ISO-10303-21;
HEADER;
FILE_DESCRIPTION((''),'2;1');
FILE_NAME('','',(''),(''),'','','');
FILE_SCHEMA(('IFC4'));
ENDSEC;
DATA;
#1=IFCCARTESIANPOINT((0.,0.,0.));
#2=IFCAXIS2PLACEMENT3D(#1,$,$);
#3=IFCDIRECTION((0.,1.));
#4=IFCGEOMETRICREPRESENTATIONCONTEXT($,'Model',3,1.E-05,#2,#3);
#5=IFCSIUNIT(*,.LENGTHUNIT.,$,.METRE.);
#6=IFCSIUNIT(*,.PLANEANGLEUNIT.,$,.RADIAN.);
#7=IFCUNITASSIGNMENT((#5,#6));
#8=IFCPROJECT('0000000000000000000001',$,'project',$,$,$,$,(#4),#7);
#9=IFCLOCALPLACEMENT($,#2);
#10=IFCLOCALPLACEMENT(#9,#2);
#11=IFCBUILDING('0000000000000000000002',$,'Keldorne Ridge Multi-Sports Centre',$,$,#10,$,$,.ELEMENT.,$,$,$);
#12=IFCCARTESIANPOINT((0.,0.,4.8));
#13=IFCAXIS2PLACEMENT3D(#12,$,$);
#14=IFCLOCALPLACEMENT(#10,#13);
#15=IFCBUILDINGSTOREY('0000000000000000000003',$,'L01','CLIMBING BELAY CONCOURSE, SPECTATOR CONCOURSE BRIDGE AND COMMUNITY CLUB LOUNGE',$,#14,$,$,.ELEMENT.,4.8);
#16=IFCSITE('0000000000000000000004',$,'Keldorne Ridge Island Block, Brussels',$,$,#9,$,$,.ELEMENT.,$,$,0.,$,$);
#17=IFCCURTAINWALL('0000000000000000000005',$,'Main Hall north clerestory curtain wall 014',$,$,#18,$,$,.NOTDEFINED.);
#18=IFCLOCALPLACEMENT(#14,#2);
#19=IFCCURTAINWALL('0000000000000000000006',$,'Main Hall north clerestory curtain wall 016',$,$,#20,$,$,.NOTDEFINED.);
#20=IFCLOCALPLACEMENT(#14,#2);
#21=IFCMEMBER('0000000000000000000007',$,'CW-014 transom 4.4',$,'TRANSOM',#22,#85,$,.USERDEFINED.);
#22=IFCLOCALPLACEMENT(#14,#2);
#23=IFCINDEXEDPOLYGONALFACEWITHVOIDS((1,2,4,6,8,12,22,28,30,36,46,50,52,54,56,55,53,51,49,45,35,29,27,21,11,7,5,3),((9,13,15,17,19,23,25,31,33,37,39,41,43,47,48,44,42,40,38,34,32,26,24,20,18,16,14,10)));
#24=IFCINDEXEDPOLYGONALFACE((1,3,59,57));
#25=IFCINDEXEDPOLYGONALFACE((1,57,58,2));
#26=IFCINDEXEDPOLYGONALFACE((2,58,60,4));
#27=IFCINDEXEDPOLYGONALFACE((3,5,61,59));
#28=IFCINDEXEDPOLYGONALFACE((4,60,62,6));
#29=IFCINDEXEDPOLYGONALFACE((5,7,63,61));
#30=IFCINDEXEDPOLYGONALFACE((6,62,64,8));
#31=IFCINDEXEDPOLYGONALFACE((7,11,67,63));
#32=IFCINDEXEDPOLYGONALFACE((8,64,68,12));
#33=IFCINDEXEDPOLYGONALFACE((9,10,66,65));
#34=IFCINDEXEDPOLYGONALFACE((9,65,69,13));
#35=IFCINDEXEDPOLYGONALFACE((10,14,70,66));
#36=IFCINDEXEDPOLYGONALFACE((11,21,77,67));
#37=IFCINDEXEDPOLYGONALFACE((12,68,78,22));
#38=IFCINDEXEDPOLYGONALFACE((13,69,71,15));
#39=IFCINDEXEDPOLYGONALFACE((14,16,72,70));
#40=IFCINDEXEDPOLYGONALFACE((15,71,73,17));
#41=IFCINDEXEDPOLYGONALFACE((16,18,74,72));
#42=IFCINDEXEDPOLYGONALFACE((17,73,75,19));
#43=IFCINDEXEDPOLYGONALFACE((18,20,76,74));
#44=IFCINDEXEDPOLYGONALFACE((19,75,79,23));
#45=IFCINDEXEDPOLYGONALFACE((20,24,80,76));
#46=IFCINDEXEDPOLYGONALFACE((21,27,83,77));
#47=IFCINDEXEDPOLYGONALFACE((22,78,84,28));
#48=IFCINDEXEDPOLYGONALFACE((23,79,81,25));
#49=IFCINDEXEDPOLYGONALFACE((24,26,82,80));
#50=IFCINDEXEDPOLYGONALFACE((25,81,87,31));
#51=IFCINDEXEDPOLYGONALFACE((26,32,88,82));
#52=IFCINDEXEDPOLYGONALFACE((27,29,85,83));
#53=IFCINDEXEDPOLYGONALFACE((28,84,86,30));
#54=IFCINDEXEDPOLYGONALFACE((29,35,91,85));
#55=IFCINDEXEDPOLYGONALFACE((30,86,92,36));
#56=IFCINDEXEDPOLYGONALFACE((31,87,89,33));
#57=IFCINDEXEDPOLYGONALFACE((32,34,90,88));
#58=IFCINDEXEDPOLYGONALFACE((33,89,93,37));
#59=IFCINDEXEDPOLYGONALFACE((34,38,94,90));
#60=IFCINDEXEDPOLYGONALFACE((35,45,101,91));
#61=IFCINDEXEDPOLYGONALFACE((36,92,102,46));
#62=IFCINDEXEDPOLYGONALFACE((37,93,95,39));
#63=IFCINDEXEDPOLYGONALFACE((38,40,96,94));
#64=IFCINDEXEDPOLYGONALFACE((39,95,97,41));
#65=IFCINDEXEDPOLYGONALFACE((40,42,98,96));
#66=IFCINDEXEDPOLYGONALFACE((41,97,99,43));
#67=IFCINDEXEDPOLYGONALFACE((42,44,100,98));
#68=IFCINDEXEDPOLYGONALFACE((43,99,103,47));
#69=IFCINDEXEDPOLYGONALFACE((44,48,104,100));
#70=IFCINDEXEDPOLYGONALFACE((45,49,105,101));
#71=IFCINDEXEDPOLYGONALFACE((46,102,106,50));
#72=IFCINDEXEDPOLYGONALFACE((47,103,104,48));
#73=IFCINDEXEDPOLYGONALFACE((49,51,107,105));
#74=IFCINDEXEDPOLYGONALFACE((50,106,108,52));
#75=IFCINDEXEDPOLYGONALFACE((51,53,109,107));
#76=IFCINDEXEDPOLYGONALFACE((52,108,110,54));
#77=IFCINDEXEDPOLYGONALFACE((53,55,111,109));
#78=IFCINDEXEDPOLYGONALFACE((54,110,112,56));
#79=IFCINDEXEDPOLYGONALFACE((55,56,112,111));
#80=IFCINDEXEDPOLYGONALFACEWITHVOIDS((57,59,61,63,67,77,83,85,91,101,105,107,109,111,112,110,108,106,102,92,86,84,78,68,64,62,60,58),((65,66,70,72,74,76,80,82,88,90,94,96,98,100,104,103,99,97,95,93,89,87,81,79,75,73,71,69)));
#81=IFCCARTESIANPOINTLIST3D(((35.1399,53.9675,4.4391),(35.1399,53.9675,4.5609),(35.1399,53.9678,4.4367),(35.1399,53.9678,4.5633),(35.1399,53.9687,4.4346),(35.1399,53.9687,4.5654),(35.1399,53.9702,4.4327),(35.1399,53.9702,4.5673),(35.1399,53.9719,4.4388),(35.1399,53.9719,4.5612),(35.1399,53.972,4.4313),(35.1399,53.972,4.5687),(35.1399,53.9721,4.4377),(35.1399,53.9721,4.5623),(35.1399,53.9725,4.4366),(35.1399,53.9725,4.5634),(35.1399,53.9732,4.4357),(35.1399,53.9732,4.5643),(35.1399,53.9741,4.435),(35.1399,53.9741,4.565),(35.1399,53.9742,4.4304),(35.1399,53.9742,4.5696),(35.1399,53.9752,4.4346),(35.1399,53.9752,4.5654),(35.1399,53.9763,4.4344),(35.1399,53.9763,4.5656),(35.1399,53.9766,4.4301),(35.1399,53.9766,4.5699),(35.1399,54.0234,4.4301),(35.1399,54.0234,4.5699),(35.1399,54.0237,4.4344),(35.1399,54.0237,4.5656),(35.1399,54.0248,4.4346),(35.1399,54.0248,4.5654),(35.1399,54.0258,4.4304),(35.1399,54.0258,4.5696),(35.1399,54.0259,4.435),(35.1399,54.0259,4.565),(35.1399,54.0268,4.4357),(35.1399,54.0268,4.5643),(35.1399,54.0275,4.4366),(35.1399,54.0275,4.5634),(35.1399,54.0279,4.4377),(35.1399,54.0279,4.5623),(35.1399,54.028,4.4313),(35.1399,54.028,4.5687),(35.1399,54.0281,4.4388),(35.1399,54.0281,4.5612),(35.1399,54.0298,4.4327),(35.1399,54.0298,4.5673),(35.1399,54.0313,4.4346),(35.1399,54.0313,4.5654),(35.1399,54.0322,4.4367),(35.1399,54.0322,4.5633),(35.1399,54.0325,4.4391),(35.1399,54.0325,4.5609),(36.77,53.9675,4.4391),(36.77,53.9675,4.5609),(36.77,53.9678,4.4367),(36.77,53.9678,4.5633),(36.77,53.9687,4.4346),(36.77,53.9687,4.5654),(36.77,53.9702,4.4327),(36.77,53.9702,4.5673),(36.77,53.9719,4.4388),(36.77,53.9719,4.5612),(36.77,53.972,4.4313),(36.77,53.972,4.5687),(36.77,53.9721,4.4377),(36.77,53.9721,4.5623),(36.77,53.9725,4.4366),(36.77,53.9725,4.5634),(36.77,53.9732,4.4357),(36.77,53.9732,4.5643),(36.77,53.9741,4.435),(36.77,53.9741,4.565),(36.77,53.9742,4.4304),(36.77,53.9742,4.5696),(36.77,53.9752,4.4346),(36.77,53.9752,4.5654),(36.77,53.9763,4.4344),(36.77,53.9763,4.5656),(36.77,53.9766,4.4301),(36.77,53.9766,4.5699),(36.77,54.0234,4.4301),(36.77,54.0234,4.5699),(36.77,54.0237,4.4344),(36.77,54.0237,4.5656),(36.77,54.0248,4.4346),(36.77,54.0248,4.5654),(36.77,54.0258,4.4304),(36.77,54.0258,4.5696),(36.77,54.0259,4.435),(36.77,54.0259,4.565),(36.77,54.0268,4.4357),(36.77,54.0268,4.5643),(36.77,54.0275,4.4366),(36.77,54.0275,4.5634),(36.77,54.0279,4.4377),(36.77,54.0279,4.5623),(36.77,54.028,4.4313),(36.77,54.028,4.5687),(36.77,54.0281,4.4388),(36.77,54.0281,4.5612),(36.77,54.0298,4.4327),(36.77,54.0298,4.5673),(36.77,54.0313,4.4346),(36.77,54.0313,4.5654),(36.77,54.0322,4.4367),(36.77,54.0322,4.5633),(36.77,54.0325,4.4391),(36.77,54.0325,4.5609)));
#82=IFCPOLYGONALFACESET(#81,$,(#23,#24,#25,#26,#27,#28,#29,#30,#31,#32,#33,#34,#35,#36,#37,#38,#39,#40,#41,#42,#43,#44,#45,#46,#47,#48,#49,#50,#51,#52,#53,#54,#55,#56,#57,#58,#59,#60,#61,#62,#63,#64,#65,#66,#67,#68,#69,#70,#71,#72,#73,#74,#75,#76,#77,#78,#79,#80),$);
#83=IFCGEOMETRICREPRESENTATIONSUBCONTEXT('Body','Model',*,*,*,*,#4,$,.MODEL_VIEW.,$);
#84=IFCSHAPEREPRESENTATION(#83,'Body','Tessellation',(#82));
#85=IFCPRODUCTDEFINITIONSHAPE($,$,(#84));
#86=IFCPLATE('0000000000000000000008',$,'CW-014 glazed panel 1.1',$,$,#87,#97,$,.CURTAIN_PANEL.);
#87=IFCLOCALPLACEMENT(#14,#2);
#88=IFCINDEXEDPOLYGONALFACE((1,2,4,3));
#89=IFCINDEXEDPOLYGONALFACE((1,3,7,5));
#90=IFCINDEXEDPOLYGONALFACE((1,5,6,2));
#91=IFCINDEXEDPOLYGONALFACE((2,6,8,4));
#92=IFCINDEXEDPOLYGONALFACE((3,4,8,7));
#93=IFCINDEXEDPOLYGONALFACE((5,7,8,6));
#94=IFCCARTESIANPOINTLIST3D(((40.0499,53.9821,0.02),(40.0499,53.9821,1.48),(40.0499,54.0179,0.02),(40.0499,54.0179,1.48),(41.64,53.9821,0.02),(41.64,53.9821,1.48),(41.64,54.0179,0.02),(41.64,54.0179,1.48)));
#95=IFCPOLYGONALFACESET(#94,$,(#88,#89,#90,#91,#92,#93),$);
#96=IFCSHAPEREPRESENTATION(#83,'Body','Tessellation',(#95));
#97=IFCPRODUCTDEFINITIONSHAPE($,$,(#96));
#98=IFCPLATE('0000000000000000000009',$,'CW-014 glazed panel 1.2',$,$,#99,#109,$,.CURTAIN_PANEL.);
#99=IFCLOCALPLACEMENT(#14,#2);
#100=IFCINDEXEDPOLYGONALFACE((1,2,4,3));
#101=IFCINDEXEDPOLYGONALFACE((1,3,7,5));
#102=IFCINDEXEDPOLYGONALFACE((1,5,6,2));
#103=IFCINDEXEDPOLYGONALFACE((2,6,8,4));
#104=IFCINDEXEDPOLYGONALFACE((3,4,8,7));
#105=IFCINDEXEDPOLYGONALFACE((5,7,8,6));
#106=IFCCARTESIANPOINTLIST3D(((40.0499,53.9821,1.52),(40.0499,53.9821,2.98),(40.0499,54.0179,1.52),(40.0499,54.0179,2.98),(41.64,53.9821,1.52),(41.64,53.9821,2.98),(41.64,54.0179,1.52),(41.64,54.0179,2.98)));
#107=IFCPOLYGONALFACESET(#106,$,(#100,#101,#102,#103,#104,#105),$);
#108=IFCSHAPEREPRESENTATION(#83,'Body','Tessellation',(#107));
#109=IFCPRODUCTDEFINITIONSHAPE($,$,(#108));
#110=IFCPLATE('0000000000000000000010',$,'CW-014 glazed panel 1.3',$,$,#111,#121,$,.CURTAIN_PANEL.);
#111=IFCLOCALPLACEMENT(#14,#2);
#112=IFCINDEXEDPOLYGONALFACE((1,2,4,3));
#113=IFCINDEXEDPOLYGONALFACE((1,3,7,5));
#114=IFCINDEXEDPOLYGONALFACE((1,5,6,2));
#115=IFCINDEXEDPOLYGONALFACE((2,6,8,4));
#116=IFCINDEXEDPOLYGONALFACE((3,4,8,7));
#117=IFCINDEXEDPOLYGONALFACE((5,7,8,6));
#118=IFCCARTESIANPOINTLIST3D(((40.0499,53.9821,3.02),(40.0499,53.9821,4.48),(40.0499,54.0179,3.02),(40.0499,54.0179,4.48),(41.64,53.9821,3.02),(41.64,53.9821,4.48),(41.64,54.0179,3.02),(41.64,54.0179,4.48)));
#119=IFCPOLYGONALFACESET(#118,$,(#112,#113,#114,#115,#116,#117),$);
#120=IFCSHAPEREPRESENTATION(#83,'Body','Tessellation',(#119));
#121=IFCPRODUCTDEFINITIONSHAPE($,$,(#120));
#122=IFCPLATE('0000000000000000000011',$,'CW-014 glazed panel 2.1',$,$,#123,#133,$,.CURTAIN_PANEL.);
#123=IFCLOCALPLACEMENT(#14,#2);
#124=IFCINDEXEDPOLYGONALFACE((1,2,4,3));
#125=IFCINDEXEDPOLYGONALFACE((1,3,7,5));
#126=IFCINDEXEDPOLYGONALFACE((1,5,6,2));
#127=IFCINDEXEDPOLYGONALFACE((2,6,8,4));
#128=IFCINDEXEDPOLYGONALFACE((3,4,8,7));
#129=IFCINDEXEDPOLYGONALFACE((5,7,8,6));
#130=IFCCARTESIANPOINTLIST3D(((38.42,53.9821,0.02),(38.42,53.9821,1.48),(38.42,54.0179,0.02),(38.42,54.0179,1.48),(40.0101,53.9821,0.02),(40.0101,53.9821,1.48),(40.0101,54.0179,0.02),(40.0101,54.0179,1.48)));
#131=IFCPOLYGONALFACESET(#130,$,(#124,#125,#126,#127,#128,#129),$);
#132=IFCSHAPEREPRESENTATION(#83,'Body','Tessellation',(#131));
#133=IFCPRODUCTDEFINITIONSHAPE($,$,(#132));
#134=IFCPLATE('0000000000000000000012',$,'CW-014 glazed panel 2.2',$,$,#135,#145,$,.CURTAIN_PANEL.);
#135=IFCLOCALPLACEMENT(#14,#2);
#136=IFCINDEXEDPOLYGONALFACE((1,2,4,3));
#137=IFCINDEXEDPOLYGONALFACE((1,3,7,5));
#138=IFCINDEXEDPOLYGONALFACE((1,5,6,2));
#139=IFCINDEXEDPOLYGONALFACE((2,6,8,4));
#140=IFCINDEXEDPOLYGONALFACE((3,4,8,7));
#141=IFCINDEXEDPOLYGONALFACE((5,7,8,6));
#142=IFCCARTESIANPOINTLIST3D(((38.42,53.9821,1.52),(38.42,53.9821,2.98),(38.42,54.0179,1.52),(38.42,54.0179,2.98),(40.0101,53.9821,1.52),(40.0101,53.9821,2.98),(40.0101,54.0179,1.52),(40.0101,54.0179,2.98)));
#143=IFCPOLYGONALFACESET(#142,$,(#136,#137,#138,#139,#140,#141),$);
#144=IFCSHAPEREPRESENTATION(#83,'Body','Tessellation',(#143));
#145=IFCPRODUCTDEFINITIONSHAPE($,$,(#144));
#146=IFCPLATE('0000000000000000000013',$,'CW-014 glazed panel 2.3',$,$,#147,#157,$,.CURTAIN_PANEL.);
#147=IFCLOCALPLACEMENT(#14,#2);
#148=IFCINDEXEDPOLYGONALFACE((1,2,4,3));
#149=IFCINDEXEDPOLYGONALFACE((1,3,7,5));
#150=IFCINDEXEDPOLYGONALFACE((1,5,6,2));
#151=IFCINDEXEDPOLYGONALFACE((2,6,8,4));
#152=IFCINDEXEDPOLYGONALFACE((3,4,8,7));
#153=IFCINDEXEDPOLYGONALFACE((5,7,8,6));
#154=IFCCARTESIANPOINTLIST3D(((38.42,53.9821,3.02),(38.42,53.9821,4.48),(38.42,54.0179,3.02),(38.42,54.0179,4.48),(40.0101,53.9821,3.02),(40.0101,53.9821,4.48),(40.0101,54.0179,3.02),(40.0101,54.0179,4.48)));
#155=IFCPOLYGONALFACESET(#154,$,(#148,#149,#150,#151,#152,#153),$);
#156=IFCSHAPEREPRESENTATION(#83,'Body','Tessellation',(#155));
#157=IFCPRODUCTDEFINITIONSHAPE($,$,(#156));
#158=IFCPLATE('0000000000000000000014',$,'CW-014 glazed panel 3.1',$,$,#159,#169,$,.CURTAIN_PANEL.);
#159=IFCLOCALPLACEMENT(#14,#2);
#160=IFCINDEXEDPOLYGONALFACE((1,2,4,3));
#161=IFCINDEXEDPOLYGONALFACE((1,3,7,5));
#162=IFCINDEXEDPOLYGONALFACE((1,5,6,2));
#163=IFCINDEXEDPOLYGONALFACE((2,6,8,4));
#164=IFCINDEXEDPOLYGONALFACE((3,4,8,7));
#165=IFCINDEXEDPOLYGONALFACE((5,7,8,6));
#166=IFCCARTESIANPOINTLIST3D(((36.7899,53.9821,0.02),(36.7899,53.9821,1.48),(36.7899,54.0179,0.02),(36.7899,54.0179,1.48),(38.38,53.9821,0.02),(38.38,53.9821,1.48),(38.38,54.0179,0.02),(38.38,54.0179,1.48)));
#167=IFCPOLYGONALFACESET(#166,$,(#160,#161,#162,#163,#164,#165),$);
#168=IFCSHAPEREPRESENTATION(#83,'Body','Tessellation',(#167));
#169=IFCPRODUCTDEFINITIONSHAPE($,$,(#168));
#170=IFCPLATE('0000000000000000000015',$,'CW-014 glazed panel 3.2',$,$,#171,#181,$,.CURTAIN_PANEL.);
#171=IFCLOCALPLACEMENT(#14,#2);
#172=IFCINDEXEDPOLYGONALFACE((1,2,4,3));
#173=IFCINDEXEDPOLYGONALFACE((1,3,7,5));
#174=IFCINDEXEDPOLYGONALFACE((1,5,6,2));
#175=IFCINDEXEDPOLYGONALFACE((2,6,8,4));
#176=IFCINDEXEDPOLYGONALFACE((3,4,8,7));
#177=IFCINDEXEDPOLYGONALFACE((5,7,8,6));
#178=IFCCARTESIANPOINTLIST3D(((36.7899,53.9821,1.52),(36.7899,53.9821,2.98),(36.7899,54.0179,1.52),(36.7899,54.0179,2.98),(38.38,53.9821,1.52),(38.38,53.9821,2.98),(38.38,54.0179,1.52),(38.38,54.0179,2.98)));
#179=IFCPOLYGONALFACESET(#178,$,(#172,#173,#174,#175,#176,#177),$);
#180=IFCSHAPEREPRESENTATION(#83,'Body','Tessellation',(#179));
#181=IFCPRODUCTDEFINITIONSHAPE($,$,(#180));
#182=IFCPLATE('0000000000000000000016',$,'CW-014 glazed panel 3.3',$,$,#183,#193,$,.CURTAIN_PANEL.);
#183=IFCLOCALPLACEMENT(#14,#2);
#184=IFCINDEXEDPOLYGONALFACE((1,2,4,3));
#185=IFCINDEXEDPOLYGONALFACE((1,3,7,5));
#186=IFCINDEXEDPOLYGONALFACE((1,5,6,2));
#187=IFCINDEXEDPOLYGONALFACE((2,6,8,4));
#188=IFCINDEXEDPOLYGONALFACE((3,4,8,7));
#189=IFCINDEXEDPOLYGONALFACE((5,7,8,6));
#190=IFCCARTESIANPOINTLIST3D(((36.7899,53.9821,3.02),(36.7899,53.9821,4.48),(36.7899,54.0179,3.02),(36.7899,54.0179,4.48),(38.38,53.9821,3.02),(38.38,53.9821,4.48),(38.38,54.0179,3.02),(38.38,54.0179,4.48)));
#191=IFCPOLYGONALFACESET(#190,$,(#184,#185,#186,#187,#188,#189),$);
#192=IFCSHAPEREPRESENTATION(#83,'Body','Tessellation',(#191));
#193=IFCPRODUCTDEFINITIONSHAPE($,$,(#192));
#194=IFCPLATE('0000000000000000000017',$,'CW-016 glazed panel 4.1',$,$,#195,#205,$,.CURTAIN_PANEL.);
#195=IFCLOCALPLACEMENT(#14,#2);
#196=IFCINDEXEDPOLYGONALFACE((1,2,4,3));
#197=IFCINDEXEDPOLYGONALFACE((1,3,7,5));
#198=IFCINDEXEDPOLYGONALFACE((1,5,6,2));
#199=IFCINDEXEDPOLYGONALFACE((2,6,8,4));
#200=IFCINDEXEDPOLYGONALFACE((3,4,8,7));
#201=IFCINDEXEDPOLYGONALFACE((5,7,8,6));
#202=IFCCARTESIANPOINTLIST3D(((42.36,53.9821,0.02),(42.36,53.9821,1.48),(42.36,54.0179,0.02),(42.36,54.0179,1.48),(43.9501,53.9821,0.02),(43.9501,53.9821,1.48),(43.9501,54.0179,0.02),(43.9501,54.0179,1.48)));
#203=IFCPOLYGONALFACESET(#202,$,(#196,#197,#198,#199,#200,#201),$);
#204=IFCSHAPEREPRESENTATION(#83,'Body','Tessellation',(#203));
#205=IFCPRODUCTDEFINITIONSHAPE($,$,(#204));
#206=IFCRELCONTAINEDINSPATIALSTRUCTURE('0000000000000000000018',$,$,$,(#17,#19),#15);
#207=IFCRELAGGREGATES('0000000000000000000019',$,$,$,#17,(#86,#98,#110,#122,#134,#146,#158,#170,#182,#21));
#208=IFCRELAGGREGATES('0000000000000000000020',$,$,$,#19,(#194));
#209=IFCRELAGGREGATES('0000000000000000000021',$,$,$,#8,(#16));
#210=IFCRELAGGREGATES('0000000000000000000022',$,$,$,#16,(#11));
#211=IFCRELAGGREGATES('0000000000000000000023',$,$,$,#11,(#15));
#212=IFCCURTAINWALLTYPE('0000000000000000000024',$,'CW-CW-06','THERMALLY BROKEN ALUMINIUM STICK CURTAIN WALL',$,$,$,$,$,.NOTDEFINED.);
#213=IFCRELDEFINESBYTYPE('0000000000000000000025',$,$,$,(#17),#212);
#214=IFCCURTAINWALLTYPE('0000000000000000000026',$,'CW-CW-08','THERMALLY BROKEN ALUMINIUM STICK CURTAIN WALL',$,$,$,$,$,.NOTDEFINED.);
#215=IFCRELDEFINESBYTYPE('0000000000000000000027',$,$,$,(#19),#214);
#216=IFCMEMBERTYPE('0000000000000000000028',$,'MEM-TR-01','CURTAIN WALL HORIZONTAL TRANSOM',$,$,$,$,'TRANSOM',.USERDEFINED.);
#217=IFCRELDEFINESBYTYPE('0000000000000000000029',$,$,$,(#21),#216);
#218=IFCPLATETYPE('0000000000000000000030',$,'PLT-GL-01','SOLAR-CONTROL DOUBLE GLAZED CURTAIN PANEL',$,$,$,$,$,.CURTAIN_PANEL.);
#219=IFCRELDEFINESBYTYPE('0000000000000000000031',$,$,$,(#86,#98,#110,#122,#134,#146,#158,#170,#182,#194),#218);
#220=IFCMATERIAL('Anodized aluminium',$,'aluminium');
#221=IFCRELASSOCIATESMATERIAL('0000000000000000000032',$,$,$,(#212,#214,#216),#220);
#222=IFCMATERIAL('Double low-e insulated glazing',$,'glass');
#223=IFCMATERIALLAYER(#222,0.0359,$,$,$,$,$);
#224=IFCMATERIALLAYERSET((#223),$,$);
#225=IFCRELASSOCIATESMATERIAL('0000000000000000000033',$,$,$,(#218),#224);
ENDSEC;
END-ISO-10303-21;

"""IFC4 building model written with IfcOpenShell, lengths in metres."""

from ifc_helpers import new_model, si_unit, direction, frame, origin, origin_2d, place, context, subcontext, project, spatial, rectangle, hollow_rectangle, extrude, material, layer, layer_set, material_profile, profile_set, type_object, element, aggregate, save


model = new_model("IFC4")

# Units and contexts
model_context = context("Model", 3, precision=1e-05, world=origin(), true_north=direction((0.0, 1.0)))
body_context = subcontext(model_context, "Body", "Model", "MODEL_VIEW")
ifc_project = project(units=[si_unit("LENGTHUNIT", "METRE"), si_unit("PLANEANGLEUNIT", "RADIAN")], contexts=[model_context])

# Site, building, storey
site_placement = place(None, origin())
site = spatial("IfcSite", under=ifc_project, at=site_placement, Name="Keldorne Ridge Island Block, Brussels", CompositionType="ELEMENT", RefElevation=0.0)
building_placement = place(site_placement, origin())
building = spatial("IfcBuilding", under=site, at=building_placement, Name="Keldorne Ridge Multi-Sports Centre", CompositionType="ELEMENT")
storey_placement = place(building_placement, frame((0.0, 0.0, 4.8)))
storey = spatial("IfcBuildingStorey", under=building, at=storey_placement, Name="L01", Description="CLIMBING BELAY CONCOURSE, SPECTATOR CONCOURSE BRIDGE AND COMMUNITY CLUB LOUNGE", CompositionType="ELEMENT", Elevation=4.8)

# Curtain wall
ifc_material_1 = material(Name="Anodized aluminium", Category="aluminium")
curtain_wall_type_1 = type_object("IfcCurtainWallType", Name="CW-CW-06", Description="THERMALLY BROKEN ALUMINIUM STICK CURTAIN WALL", PredefinedType="NOTDEFINED", material=ifc_material_1)
curtain_wall_1_placement = place(storey_placement, origin())
curtain_wall_1 = element("IfcCurtainWall", 1, at=curtain_wall_1_placement, inside=storey, type_object=curtain_wall_type_1, Name="Main Hall north clerestory curtain wall 014", PredefinedType="NOTDEFINED")

# Curtain wall
curtain_wall_type_2 = type_object("IfcCurtainWallType", Name="CW-CW-08", Description="THERMALLY BROKEN ALUMINIUM STICK CURTAIN WALL", PredefinedType="NOTDEFINED", material=ifc_material_1)
curtain_wall_2_placement = place(storey_placement, origin())
curtain_wall_2 = element("IfcCurtainWall", 2, at=curtain_wall_2_placement, inside=storey, type_object=curtain_wall_type_2, Name="Main Hall north clerestory curtain wall 016", PredefinedType="NOTDEFINED")

# Member
ifc_material_profile_1 = material_profile(ifc_material_1, hollow_rectangle(XDim=0.0649, YDim=0.1399, WallThickness=0.0044, InnerFilletRadius=0.0044, OuterFilletRadius=0.009, at=origin_2d()), Name="ALU TRANSOM 140x65x4.5")
ifc_profile_set_1 = profile_set([ifc_material_profile_1], Name="Anodized aluminium")
member_type_1 = type_object("IfcMemberType", Name="MEM-TR-01", Description="CURTAIN WALL HORIZONTAL TRANSOM", ElementType="TRANSOM", PredefinedType="USERDEFINED", material=ifc_profile_set_1)
member_1_placement = place(storey_placement, frame((36.77, 54.0, 4.5), z_axis=(-1.0, 0.0, 0.0), x_axis=(0.0, -1.0, 0.0)))
member_1 = element("IfcMember", 3, at=member_1_placement, type_object=member_type_1, Name="CW-014 transom 4.4", ObjectType="TRANSOM", PredefinedType="USERDEFINED", context=body_context, shape_type="SweptSolid", body=[
    extrude(hollow_rectangle(XDim=0.0649, YDim=0.1399, WallThickness=0.0044, InnerFilletRadius=0.0044, OuterFilletRadius=0.009, at=origin_2d()), origin(), (0.0, 0.0, 1.0), 1.6301),
])

# Plates
ifc_material_2 = material(Name="Double low-e insulated glazing", Category="glass")
ifc_layer = layer(ifc_material_2, 0.0359)
ifc_layer_set = layer_set([ifc_layer])
plate_type = type_object("IfcPlateType", Name="PLT-GL-01", Description="SOLAR-CONTROL DOUBLE GLAZED CURTAIN PANEL", PredefinedType="CURTAIN_PANEL", material=ifc_layer_set)
plate_1_placement = place(storey_placement, frame((40.845, 54.0, 0.02), z_axis=(0.0, 0.0, 1.0), x_axis=(-1.0, 0.0, 0.0)))
plate_1 = element("IfcPlate", 4, at=plate_1_placement, type_object=plate_type, Name="CW-014 glazed panel 1.1", PredefinedType="CURTAIN_PANEL", context=body_context, shape_type="SweptSolid", body=[
    extrude(rectangle(XDim=1.5901, YDim=0.0359, at=origin_2d()), origin(), (0.0, 0.0, 1.0), 1.46),
])
plate_2_placement = place(storey_placement, frame((40.845, 54.0, 1.52), z_axis=(0.0, 0.0, 1.0), x_axis=(-1.0, 0.0, 0.0)))
plate_2 = element("IfcPlate", 5, at=plate_2_placement, type_object=plate_type, Name="CW-014 glazed panel 1.2", PredefinedType="CURTAIN_PANEL", context=body_context, shape_type="SweptSolid", body=[
    extrude(rectangle(XDim=1.5901, YDim=0.0359, at=origin_2d()), origin(), (0.0, 0.0, 1.0), 1.46),
])
plate_3_placement = place(storey_placement, frame((40.845, 54.0, 3.02), z_axis=(0.0, 0.0, 1.0), x_axis=(-1.0, 0.0, 0.0)))
plate_3 = element("IfcPlate", 6, at=plate_3_placement, type_object=plate_type, Name="CW-014 glazed panel 1.3", PredefinedType="CURTAIN_PANEL", context=body_context, shape_type="SweptSolid", body=[
    extrude(rectangle(XDim=1.5901, YDim=0.0359, at=origin_2d()), origin(), (0.0, 0.0, 1.0), 1.46),
])
plate_4_placement = place(storey_placement, frame((39.2151, 54.0, 0.02), z_axis=(0.0, 0.0, 1.0), x_axis=(-1.0, 0.0, 0.0)))
plate_4 = element("IfcPlate", 7, at=plate_4_placement, type_object=plate_type, Name="CW-014 glazed panel 2.1", PredefinedType="CURTAIN_PANEL", context=body_context, shape_type="SweptSolid", body=[
    extrude(rectangle(XDim=1.5901, YDim=0.0359, at=origin_2d()), origin(), (0.0, 0.0, 1.0), 1.46),
])
plate_5_placement = place(storey_placement, frame((39.2151, 54.0, 1.52), z_axis=(0.0, 0.0, 1.0), x_axis=(-1.0, 0.0, 0.0)))
plate_5 = element("IfcPlate", 8, at=plate_5_placement, type_object=plate_type, Name="CW-014 glazed panel 2.2", PredefinedType="CURTAIN_PANEL", context=body_context, shape_type="SweptSolid", body=[
    extrude(rectangle(XDim=1.5901, YDim=0.0359, at=origin_2d()), origin(), (0.0, 0.0, 1.0), 1.46),
])
plate_6_placement = place(storey_placement, frame((39.2151, 54.0, 3.02), z_axis=(0.0, 0.0, 1.0), x_axis=(-1.0, 0.0, 0.0)))
plate_6 = element("IfcPlate", 9, at=plate_6_placement, type_object=plate_type, Name="CW-014 glazed panel 2.3", PredefinedType="CURTAIN_PANEL", context=body_context, shape_type="SweptSolid", body=[
    extrude(rectangle(XDim=1.5901, YDim=0.0359, at=origin_2d()), origin(), (0.0, 0.0, 1.0), 1.46),
])
plate_7_placement = place(storey_placement, frame((37.585, 54.0, 0.02), z_axis=(0.0, 0.0, 1.0), x_axis=(-1.0, 0.0, 0.0)))
plate_7 = element("IfcPlate", 10, at=plate_7_placement, type_object=plate_type, Name="CW-014 glazed panel 3.1", PredefinedType="CURTAIN_PANEL", context=body_context, shape_type="SweptSolid", body=[
    extrude(rectangle(XDim=1.5901, YDim=0.0359, at=origin_2d()), origin(), (0.0, 0.0, 1.0), 1.46),
])
plate_8_placement = place(storey_placement, frame((37.585, 54.0, 1.52), z_axis=(0.0, 0.0, 1.0), x_axis=(-1.0, 0.0, 0.0)))
plate_8 = element("IfcPlate", 11, at=plate_8_placement, type_object=plate_type, Name="CW-014 glazed panel 3.2", PredefinedType="CURTAIN_PANEL", context=body_context, shape_type="SweptSolid", body=[
    extrude(rectangle(XDim=1.5901, YDim=0.0359, at=origin_2d()), origin(), (0.0, 0.0, 1.0), 1.46),
])
plate_9_placement = place(storey_placement, frame((37.585, 54.0, 3.02), z_axis=(0.0, 0.0, 1.0), x_axis=(-1.0, 0.0, 0.0)))
plate_9 = element("IfcPlate", 12, at=plate_9_placement, type_object=plate_type, Name="CW-014 glazed panel 3.3", PredefinedType="CURTAIN_PANEL", context=body_context, shape_type="SweptSolid", body=[
    extrude(rectangle(XDim=1.5901, YDim=0.0359, at=origin_2d()), origin(), (0.0, 0.0, 1.0), 1.46),
])
aggregate(curtain_wall_1, [plate_1, plate_2, plate_3, plate_4, plate_5, plate_6, plate_7, plate_8, plate_9, member_1])
plate_10_placement = place(storey_placement, frame((43.155, 54.0, 0.02), z_axis=(0.0, 0.0, 1.0), x_axis=(-1.0, 0.0, 0.0)))
plate_10 = element("IfcPlate", 13, at=plate_10_placement, type_object=plate_type, Name="CW-016 glazed panel 4.1", PredefinedType="CURTAIN_PANEL", context=body_context, shape_type="SweptSolid", body=[
    extrude(rectangle(XDim=1.5901, YDim=0.0359, at=origin_2d()), origin(), (0.0, 0.0, 1.0), 1.46),
])
aggregate(curtain_wall_2, [plate_10])

save(model, "model.ifc")
